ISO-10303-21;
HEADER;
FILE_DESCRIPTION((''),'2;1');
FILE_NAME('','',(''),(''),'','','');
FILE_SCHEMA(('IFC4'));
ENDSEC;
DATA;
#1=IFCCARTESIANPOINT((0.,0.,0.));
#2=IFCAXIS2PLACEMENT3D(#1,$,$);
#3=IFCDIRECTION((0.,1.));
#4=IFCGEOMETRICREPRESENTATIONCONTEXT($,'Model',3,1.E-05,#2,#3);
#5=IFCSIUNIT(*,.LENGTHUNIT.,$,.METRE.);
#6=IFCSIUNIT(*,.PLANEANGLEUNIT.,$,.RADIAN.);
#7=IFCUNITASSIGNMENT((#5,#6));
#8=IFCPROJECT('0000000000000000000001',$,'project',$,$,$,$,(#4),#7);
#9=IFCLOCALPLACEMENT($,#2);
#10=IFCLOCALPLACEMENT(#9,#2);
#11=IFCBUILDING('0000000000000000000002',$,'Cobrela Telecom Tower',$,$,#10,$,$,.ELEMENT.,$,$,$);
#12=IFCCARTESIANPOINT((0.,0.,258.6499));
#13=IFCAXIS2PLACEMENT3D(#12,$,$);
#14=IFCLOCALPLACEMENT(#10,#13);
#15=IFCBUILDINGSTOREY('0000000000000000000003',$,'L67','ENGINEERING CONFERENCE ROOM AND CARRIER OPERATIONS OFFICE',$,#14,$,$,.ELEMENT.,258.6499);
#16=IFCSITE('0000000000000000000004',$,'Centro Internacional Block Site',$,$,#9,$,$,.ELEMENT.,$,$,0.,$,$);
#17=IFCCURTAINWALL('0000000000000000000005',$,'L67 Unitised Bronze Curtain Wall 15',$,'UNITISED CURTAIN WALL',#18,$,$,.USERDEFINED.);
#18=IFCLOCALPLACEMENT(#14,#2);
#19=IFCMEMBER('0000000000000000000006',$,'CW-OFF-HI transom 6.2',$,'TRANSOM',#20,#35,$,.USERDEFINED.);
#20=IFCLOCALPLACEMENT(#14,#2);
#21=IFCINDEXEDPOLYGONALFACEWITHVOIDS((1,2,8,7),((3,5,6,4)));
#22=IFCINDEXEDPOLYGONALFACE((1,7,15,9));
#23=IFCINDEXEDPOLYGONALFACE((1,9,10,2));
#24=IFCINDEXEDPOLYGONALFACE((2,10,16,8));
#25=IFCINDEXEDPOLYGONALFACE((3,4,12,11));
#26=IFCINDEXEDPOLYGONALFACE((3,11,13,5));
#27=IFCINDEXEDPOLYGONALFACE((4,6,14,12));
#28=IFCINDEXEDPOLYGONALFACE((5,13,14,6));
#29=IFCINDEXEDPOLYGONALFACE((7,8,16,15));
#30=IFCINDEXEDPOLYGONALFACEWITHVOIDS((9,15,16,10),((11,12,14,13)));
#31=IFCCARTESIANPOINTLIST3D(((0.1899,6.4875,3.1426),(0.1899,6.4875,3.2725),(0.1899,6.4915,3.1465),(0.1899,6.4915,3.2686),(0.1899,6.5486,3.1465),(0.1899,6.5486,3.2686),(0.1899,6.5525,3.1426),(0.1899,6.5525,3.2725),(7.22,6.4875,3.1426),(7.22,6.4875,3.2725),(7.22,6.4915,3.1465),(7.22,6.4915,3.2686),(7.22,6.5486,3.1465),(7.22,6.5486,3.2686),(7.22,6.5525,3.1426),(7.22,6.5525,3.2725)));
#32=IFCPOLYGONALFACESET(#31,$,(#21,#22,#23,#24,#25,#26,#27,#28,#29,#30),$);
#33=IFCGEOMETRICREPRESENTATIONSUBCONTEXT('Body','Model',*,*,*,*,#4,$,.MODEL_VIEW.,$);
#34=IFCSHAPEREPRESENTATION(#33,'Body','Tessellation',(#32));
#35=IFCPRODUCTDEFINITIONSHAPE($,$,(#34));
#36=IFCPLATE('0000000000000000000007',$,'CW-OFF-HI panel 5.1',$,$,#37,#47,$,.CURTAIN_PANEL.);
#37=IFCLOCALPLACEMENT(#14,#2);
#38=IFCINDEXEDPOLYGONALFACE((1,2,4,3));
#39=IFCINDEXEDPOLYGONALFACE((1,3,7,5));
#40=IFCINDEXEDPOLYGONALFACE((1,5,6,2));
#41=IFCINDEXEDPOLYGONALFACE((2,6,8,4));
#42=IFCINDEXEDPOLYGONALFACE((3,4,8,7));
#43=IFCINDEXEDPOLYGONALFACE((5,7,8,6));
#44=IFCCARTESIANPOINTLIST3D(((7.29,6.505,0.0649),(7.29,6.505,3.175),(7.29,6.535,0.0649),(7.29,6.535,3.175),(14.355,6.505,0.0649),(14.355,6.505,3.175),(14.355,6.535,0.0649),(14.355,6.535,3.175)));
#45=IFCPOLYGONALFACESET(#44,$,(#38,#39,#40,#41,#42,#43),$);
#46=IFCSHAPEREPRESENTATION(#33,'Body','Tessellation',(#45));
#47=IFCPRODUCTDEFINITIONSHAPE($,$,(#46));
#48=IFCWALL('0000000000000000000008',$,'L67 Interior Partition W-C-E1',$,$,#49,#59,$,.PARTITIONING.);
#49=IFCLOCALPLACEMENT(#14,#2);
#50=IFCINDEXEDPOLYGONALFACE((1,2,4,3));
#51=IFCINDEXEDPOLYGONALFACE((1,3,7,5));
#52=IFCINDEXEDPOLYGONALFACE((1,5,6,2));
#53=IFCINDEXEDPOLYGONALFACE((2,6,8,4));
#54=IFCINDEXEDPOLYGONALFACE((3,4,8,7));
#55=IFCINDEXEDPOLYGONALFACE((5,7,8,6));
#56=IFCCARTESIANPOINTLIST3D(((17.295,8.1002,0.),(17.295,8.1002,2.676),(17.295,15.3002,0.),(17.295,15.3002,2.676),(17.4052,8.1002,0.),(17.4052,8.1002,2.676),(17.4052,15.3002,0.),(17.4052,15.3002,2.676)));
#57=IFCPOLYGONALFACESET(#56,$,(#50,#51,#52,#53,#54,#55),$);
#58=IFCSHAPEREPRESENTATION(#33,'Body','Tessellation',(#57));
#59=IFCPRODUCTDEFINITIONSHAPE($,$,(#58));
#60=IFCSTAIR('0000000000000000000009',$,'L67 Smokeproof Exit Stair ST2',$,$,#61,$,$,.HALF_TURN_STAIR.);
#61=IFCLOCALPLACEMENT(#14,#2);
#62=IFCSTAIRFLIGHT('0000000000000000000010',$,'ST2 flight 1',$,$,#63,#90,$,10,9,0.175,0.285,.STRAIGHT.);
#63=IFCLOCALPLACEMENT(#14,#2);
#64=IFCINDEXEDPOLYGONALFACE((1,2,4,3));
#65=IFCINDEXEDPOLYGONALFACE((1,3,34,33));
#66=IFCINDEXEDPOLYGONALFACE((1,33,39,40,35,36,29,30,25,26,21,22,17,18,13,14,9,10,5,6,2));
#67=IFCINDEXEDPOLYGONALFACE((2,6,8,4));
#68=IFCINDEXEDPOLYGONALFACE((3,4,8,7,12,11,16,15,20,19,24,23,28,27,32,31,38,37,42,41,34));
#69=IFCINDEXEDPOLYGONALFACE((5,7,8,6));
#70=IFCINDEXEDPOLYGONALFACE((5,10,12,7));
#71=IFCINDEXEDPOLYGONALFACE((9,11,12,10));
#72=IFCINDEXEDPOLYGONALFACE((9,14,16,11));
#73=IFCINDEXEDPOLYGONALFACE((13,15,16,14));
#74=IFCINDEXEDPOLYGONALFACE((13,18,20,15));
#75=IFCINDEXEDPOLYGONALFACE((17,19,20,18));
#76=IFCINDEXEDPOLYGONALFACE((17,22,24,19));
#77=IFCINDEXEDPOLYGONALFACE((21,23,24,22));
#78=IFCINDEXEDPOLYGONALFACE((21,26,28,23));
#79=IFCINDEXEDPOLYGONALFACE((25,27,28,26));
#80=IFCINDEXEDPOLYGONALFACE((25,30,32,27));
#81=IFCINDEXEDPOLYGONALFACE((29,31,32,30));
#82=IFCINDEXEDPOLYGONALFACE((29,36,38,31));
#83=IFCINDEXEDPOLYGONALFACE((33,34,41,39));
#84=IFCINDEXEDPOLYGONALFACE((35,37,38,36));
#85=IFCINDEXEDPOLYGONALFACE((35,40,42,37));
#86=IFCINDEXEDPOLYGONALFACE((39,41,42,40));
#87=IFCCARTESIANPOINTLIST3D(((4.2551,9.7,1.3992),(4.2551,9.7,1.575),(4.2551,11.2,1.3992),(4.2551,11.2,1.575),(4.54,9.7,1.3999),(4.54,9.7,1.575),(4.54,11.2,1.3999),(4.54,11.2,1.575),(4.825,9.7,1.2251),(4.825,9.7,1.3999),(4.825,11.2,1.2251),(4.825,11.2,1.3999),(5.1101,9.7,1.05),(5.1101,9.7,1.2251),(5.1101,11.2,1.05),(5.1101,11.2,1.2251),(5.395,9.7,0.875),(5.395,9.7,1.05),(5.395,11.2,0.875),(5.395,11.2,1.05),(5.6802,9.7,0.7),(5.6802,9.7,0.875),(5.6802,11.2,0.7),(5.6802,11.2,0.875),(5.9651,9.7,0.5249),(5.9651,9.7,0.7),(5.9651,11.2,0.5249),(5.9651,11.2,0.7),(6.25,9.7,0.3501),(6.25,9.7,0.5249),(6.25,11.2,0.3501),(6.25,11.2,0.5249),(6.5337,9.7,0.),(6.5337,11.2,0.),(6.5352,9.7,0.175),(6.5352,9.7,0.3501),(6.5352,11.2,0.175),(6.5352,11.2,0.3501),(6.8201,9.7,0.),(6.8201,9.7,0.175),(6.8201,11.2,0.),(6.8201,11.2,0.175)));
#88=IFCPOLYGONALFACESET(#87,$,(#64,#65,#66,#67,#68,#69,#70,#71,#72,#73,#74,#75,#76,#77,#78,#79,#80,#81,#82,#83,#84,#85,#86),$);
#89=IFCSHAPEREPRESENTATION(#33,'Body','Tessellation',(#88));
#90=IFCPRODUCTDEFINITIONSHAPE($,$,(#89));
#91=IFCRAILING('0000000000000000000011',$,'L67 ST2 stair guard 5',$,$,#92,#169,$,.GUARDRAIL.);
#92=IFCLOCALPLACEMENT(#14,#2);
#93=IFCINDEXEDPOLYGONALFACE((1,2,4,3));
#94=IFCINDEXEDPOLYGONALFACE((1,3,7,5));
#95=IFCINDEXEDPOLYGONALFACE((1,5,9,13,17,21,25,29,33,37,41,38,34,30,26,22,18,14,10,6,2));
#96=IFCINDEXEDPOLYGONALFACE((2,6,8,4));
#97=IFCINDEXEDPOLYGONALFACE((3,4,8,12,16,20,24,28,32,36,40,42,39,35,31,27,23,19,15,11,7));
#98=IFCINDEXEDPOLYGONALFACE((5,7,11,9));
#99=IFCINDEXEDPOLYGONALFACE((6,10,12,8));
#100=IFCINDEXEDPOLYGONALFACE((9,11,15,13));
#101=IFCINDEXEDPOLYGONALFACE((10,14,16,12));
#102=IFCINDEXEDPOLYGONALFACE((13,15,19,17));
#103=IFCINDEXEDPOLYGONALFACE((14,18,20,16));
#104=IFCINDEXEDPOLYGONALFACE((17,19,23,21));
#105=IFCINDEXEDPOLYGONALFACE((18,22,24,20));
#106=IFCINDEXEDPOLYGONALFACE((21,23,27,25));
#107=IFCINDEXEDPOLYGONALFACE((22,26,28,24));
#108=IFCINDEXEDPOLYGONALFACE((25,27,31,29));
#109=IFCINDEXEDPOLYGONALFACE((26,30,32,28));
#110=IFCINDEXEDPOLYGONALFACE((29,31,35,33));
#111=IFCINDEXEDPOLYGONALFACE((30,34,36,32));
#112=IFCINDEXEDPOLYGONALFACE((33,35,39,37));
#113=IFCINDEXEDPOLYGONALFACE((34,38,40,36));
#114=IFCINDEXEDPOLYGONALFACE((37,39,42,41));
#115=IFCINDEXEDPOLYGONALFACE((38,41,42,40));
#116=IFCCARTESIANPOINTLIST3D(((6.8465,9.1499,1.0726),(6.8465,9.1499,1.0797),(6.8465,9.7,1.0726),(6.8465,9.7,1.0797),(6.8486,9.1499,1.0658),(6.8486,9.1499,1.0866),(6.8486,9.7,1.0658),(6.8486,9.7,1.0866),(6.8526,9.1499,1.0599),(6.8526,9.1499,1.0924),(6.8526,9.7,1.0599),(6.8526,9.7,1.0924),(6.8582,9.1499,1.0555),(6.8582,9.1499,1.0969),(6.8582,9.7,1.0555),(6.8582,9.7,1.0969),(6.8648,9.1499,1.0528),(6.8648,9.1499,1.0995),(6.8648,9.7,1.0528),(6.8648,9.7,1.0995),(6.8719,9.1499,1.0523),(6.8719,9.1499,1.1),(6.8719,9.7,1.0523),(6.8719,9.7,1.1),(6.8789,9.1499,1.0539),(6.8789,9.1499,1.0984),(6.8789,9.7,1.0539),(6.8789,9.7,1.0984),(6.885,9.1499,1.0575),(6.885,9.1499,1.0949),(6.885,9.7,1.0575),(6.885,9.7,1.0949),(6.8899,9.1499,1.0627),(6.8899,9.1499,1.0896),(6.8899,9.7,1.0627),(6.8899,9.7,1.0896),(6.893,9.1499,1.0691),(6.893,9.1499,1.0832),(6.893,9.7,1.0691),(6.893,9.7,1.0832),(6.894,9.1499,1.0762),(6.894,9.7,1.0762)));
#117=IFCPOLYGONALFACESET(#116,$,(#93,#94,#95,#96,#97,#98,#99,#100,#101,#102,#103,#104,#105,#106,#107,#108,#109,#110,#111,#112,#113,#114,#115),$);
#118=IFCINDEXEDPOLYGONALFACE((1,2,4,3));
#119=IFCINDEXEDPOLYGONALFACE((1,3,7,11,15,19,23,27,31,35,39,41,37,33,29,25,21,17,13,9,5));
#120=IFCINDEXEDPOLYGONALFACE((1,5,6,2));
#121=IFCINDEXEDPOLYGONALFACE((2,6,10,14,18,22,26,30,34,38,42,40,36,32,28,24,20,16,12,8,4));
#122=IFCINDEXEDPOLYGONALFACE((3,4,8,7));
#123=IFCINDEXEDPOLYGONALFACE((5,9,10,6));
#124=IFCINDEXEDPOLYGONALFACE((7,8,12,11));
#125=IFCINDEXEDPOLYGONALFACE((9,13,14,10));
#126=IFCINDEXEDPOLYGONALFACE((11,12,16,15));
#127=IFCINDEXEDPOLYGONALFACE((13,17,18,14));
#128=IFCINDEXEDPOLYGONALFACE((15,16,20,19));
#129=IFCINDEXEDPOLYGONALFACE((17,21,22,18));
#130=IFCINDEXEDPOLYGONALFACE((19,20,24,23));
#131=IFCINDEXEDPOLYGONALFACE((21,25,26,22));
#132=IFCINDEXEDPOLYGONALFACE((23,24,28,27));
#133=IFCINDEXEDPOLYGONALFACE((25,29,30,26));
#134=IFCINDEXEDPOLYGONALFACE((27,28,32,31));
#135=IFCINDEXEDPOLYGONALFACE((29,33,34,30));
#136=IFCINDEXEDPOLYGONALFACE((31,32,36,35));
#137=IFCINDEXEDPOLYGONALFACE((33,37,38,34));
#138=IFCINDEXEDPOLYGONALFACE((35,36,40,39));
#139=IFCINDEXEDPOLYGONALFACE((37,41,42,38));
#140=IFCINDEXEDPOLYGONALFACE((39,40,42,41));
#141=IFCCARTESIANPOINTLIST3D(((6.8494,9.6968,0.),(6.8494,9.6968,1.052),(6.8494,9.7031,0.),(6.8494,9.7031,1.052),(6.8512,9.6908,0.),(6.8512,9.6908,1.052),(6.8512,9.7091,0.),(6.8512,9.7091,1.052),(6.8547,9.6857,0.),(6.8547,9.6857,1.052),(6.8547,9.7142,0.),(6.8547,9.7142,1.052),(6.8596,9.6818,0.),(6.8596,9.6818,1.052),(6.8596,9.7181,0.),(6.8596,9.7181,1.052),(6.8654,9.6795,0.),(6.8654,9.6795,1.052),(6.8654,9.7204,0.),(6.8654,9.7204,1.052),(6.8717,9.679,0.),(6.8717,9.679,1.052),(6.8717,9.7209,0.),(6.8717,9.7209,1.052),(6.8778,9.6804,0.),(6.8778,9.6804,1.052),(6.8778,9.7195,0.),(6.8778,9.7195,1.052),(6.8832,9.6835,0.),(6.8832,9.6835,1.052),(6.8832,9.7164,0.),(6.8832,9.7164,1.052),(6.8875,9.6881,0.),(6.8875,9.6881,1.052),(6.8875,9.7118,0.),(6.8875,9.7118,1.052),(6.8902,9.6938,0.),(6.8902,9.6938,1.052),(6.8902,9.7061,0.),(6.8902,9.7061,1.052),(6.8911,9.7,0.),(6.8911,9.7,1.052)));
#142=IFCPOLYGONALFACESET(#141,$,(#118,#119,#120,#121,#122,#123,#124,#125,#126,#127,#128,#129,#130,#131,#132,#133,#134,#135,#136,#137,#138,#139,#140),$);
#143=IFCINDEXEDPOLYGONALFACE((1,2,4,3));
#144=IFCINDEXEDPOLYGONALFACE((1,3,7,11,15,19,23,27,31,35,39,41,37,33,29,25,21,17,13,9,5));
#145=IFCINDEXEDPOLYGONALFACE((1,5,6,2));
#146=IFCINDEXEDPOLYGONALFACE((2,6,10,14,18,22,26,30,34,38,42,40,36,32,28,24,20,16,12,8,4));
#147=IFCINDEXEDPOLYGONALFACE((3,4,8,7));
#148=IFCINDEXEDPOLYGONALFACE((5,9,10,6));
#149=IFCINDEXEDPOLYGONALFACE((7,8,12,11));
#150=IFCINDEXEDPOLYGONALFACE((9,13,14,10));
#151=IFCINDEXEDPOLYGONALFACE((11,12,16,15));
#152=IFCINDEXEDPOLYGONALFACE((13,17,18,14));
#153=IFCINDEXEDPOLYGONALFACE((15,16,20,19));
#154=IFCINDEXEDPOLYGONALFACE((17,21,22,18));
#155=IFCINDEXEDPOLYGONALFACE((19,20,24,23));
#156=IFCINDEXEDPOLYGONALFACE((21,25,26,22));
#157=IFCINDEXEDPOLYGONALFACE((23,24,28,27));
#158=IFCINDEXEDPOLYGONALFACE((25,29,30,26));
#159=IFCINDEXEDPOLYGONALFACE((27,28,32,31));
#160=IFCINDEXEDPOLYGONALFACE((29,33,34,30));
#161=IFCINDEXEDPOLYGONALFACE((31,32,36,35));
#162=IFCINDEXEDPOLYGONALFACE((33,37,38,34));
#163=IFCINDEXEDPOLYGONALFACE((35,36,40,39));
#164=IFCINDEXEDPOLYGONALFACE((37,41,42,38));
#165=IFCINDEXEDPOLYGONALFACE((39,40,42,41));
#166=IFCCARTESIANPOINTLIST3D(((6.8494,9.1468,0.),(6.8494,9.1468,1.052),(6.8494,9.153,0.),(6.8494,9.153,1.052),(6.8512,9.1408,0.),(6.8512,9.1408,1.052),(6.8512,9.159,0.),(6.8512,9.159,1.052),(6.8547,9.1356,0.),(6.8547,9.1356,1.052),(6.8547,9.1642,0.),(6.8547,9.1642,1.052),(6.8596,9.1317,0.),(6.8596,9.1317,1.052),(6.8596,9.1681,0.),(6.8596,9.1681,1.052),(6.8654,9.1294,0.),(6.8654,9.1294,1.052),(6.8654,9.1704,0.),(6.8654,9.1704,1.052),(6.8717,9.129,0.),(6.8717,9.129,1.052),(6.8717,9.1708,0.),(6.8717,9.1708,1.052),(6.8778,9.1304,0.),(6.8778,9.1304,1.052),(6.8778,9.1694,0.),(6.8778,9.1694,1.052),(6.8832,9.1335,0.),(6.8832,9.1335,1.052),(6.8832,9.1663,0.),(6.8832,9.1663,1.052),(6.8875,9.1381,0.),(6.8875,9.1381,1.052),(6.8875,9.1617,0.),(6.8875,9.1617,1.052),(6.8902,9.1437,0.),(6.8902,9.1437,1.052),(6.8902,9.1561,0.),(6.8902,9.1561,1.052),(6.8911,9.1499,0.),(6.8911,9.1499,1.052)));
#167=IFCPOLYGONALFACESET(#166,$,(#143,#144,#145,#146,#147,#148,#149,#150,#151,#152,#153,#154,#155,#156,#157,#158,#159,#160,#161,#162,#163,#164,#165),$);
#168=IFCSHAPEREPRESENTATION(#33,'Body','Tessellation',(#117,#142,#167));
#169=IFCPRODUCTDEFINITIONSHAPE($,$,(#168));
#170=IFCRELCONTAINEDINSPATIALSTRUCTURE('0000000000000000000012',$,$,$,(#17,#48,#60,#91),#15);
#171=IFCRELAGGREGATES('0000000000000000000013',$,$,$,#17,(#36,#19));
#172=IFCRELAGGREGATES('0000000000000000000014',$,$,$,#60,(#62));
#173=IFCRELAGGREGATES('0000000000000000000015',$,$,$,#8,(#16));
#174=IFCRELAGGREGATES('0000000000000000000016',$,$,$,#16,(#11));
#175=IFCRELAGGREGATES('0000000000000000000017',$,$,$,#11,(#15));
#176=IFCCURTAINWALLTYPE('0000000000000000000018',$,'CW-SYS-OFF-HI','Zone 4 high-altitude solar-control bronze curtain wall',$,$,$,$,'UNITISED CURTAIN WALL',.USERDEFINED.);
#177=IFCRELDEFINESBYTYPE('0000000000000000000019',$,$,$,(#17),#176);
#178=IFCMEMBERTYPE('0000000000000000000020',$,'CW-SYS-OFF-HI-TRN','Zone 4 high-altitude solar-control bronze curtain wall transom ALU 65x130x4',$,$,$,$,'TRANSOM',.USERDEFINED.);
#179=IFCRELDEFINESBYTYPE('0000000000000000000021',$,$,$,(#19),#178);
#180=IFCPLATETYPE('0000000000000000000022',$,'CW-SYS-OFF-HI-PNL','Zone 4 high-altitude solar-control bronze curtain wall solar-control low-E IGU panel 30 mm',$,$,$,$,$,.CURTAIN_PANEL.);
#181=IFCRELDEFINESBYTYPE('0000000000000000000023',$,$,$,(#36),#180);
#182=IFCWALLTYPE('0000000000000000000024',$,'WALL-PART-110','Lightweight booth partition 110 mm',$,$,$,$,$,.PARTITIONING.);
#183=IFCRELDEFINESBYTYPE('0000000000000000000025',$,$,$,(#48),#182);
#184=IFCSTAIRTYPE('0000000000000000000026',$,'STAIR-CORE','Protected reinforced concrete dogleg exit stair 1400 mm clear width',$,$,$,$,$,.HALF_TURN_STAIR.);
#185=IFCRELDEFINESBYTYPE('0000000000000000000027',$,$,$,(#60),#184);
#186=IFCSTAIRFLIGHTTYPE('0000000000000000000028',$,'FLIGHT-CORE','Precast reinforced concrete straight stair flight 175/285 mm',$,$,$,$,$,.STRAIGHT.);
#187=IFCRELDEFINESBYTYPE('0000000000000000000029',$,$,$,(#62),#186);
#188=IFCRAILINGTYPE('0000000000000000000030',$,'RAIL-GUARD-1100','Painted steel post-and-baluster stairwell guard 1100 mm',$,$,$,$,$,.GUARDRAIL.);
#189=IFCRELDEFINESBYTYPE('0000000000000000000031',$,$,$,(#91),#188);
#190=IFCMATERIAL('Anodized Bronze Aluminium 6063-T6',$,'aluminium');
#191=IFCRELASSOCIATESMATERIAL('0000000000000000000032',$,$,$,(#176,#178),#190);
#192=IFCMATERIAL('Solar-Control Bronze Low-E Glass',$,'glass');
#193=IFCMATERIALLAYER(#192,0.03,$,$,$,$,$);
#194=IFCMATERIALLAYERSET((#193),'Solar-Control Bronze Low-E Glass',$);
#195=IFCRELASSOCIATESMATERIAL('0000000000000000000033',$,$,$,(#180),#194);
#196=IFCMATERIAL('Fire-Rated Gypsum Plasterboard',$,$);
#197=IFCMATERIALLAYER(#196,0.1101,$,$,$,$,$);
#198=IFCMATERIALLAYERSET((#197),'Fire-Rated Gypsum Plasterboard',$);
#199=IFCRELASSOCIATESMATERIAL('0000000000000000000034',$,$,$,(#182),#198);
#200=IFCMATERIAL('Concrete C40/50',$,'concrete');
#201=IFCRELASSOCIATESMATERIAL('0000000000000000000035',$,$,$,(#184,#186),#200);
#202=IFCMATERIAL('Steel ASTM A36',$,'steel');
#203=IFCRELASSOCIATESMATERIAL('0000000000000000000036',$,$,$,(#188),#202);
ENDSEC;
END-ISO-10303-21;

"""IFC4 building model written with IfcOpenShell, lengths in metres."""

from ifc_helpers import new_model, si_unit, direction, frame, frame_2d, origin, origin_2d, place, context, subcontext, project, spatial, polyline, rectangle, hollow_rectangle, circle, outline, extrude, material, layer, layer_set, material_profile, profile_set, type_object, element, aggregate, save


model = new_model("IFC4")

# Units and contexts
model_context = context("Model", 3, precision=1e-05, world=origin(), true_north=direction((0.0, 1.0)))
body_context = subcontext(model_context, "Body", "Model", "MODEL_VIEW")
ifc_project = project(units=[si_unit("LENGTHUNIT", "METRE"), si_unit("PLANEANGLEUNIT", "RADIAN")], contexts=[model_context])

# Site, building, storey
site_placement = place(None, origin())
site = spatial("IfcSite", under=ifc_project, at=site_placement, Name="Centro Internacional Block Site", CompositionType="ELEMENT", RefElevation=0.0)
building_placement = place(site_placement, origin())
building = spatial("IfcBuilding", under=site, at=building_placement, Name="Cobrela Telecom Tower", CompositionType="ELEMENT")
storey_placement = place(building_placement, frame((0.0, 0.0, 258.6499)))
storey = spatial("IfcBuildingStorey", under=building, at=storey_placement, Name="L67", Description="ENGINEERING CONFERENCE ROOM AND CARRIER OPERATIONS OFFICE", CompositionType="ELEMENT", Elevation=258.6499)

# Curtain wall, member, plate
ifc_material_1 = material(Name="Anodized Bronze Aluminium 6063-T6", Category="aluminium")
curtain_wall_type = type_object("IfcCurtainWallType", Name="CW-SYS-OFF-HI", Description="Zone 4 high-altitude solar-control bronze curtain wall", ElementType="UNITISED CURTAIN WALL", PredefinedType="USERDEFINED", material=ifc_material_1)
curtain_wall_placement = place(storey_placement, origin())
curtain_wall = element("IfcCurtainWall", 1, at=curtain_wall_placement, inside=storey, type_object=curtain_wall_type, Name="L67 Unitised Bronze Curtain Wall 15", ObjectType="UNITISED CURTAIN WALL", PredefinedType="USERDEFINED")
ifc_material_profile_1 = material_profile(ifc_material_1, hollow_rectangle(XDim=0.0649, YDim=0.1299, WallThickness=0.0039, at=origin_2d()), Name="ALU 65x130x4")
ifc_profile_set_1 = profile_set([ifc_material_profile_1], Name="Anodized Bronze Aluminium 6063-T6")
member_type_1 = type_object("IfcMemberType", Name="CW-SYS-OFF-HI-TRN", Description="Zone 4 high-altitude solar-control bronze curtain wall transom ALU 65x130x4", ElementType="TRANSOM", PredefinedType="USERDEFINED", material=ifc_profile_set_1)
member_1_placement = place(storey_placement, frame((7.22, 6.52, 3.2075), z_axis=(-1.0, 0.0, 0.0), x_axis=(0.0, -1.0, 0.0)))
member_1 = element("IfcMember", 2, at=member_1_placement, type_object=member_type_1, Name="CW-OFF-HI transom 6.2", ObjectType="TRANSOM", PredefinedType="USERDEFINED", context=body_context, shape_type="SweptSolid", body=[
    extrude(hollow_rectangle(XDim=0.0649, YDim=0.1299, WallThickness=0.0039, at=origin_2d()), origin(), (0.0, 0.0, 1.0), 7.03),
])
ifc_material_2 = material(Name="Solar-Control Bronze Low-E Glass", Category="glass")
ifc_layer_1 = layer(ifc_material_2, 0.03)
ifc_layer_set_1 = layer_set([ifc_layer_1], Name="Solar-Control Bronze Low-E Glass")
plate_type = type_object("IfcPlateType", Name="CW-SYS-OFF-HI-PNL", Description="Zone 4 high-altitude solar-control bronze curtain wall solar-control low-E IGU panel 30 mm", PredefinedType="CURTAIN_PANEL", material=ifc_layer_set_1)
plate_placement = place(storey_placement, frame((10.8225, 6.52, 0.0649), z_axis=(0.0, 0.0, 1.0), x_axis=(-1.0, 0.0, 0.0)))
plate = element("IfcPlate", 3, at=plate_placement, type_object=plate_type, Name="CW-OFF-HI panel 5.1", PredefinedType="CURTAIN_PANEL", context=body_context, shape_type="SweptSolid", body=[
    extrude(rectangle(XDim=7.0649, YDim=0.03, at=origin_2d()), origin(), (0.0, 0.0, 1.0), 3.1101),
])
aggregate(curtain_wall, [plate, member_1])

# Wall
ifc_material_3 = material(Name="Fire-Rated Gypsum Plasterboard")
ifc_layer_2 = layer(ifc_material_3, 0.1101)
ifc_layer_set_2 = layer_set([ifc_layer_2], Name="Fire-Rated Gypsum Plasterboard")
wall_type_1 = type_object("IfcWallType", Name="WALL-PART-110", Description="Lightweight booth partition 110 mm", PredefinedType="PARTITIONING", material=ifc_layer_set_2)
wall_1_placement = place(storey_placement, frame((17.3501, 8.1001, 0.0), z_axis=(0.0, 0.0, 1.0), x_axis=(0.0, 1.0, 0.0)))
element("IfcWall", 4, at=wall_1_placement, inside=storey, type_object=wall_type_1, Name="L67 Interior Partition W-C-E1", PredefinedType="PARTITIONING", context=body_context, shape_type="SweptSolid", body=[
    extrude(rectangle(XDim=7.2, YDim=0.1101, at=frame_2d((3.6001, 0.0))), origin(), (0.0, 0.0, 1.0), 2.676),
])

# Shared definitions
ifc_material_4 = material(Name="Concrete C40/50", Category="concrete")
ifc_material_5 = material(Name="Steel ASTM A36", Category="steel")

# Stair, stair flight
stair_type = type_object("IfcStairType", Name="STAIR-CORE", Description="Protected reinforced concrete dogleg exit stair 1400 mm clear width", PredefinedType="HALF_TURN_STAIR", material=ifc_material_4)
stair_placement = place(storey_placement, origin())
stair = element("IfcStair", 5, at=stair_placement, inside=storey, type_object=stair_type, Name="L67 Smokeproof Exit Stair ST2", PredefinedType="HALF_TURN_STAIR")
stair_flight_type = type_object("IfcStairFlightType", Name="FLIGHT-CORE", Description="Precast reinforced concrete straight stair flight 175/285 mm", PredefinedType="STRAIGHT", material=ifc_material_4)
stair_flight_placement = place(storey_placement, frame((6.8201, 10.45, 0.0), z_axis=(0.0, 0.0, 1.0), x_axis=(-1.0, 0.0, 0.0)))
stair_flight = element("IfcStairFlight", 6, at=stair_flight_placement, type_object=stair_flight_type, Name="ST2 flight 1", NumberOfRisers=10, NumberOfTreads=9, PredefinedType="STRAIGHT", RiserHeight=0.175, TreadLength=0.285, context=body_context, shape_type="SweptSolid", body=[
    extrude(outline(polyline([(0.0, 0.0), (0.0, 0.175), (0.2849, 0.175), (0.2849, 0.3501), (0.5701, 0.3501), (0.5701, 0.5249), (0.855, 0.5249), (0.855, 0.7), (1.1399, 0.7), (1.1399, 0.875), (1.425, 0.875), (1.425, 1.05), (1.71, 1.05), (1.71, 1.2251), (1.9951, 1.2251), (1.9951, 1.3999), (2.28, 1.3999), (2.28, 1.575), (2.5649, 1.575), (2.5649, 1.75), (2.5649, 1.3992), (0.2864, 0.0), (0.0, 0.0)])), frame((0.0, 0.75, 0.0), z_axis=(0.0, -1.0, 0.0), x_axis=(1.0, 0.0, 0.0)), (0.0, 0.0, 1.0), 1.5),
])
aggregate(stair, [stair_flight])

# Railing
railing_type = type_object("IfcRailingType", Name="RAIL-GUARD-1100", Description="Painted steel post-and-baluster stairwell guard 1100 mm", PredefinedType="GUARDRAIL", material=ifc_material_5)
railing_placement = place(storey_placement, frame((6.8701, 9.7, 0.0)))
element("IfcRailing", 7, at=railing_placement, inside=storey, type_object=railing_type, Name="L67 ST2 stair guard 5", PredefinedType="GUARDRAIL", context=body_context, shape_type="SweptSolid", body=[
    extrude(circle(Radius=0.0239, at=origin_2d()), frame((0.0, 0.0, 1.0762), z_axis=(0.0, -1.0, 0.0), x_axis=(1.0, 0.0, 0.0)), (0.0, 0.0, 1.0), 0.55),
    extrude(circle(Radius=0.021, at=origin_2d()), origin(), (0.0, 0.0, 1.0), 1.052),
    extrude(circle(Radius=0.021, at=origin_2d()), frame((0.0, -0.55, 0.0)), (0.0, 0.0, 1.0), 1.052),
])

save(model, "model.ifc")
